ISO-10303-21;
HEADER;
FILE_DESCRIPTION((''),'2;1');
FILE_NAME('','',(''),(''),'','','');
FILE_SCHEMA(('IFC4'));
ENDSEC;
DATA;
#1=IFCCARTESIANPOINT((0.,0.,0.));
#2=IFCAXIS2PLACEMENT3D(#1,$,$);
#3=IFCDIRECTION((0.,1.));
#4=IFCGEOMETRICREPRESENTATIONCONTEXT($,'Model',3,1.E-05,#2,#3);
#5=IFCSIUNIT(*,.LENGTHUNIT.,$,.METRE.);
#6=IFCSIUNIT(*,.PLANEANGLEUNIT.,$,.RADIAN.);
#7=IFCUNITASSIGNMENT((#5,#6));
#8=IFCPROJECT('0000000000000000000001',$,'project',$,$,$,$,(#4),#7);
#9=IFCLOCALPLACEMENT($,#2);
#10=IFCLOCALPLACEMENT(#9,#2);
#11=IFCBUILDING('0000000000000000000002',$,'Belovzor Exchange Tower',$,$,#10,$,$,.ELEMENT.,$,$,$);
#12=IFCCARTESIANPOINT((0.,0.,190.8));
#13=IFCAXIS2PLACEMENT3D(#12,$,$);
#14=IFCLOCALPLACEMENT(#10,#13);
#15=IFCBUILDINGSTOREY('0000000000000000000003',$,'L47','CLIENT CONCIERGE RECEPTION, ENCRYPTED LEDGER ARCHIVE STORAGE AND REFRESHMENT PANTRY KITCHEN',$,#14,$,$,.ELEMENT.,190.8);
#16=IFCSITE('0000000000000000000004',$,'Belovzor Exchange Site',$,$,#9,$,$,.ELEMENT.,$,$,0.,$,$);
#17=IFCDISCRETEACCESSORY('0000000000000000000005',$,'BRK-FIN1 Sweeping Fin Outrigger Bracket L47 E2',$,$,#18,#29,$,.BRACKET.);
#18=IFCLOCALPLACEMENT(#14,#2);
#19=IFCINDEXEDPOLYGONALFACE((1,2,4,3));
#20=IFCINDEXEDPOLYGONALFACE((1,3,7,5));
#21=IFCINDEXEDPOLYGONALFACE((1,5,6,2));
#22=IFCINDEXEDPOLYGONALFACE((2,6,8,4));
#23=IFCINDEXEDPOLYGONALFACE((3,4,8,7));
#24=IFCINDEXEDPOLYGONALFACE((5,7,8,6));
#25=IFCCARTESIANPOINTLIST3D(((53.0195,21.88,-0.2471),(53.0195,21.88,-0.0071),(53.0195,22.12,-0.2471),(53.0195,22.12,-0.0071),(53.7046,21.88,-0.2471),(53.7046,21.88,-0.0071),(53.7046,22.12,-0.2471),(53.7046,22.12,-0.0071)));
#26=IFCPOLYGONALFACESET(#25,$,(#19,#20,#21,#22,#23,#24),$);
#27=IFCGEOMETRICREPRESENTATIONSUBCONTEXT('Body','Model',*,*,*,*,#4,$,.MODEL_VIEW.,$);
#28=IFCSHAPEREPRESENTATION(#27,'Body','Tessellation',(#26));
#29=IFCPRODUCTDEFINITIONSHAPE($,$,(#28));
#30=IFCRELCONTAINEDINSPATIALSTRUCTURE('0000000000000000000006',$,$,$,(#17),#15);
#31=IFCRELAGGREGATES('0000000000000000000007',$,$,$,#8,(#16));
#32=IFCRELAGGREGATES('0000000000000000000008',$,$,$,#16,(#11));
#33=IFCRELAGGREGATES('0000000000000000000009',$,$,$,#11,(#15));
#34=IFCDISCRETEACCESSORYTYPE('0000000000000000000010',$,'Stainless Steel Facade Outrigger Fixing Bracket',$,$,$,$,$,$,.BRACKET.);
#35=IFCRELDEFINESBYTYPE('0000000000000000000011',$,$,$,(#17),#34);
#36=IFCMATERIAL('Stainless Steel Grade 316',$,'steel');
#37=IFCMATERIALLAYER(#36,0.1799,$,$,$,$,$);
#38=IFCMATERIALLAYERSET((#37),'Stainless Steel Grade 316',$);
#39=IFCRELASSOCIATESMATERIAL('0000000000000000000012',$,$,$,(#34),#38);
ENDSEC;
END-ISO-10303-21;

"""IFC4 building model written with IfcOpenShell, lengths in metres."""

from ifc_helpers import new_model, si_unit, direction, frame, origin, origin_2d, place, context, subcontext, project, spatial, rectangle, extrude, material, layer, layer_set, type_object, element, save


model = new_model("IFC4")

# Units and contexts
model_context = context("Model", 3, precision=1e-05, world=origin(), true_north=direction((0.0, 1.0)))
body_context = subcontext(model_context, "Body", "Model", "MODEL_VIEW")
ifc_project = project(units=[si_unit("LENGTHUNIT", "METRE"), si_unit("PLANEANGLEUNIT", "RADIAN")], contexts=[model_context])

# Site, building, storey
site_placement = place(None, origin())
site = spatial("IfcSite", under=ifc_project, at=site_placement, Name="Belovzor Exchange Site", CompositionType="ELEMENT", RefElevation=0.0)
building_placement = place(site_placement, origin())
building = spatial("IfcBuilding", under=site, at=building_placement, Name="Belovzor Exchange Tower", CompositionType="ELEMENT")
storey_placement = place(building_placement, frame((0.0, 0.0, 190.8)))
storey = spatial("IfcBuildingStorey", under=building, at=storey_placement, Name="L47", Description="CLIENT CONCIERGE RECEPTION, ENCRYPTED LEDGER ARCHIVE STORAGE AND REFRESHMENT PANTRY KITCHEN", CompositionType="ELEMENT", Elevation=190.8)

# Discrete accessory
ifc_material_1 = material(Name="Stainless Steel Grade 316", Category="steel")
ifc_layer_1 = layer(ifc_material_1, 0.1799)
ifc_layer_set_1 = layer_set([ifc_layer_1], Name="Stainless Steel Grade 316")
discrete_accessory_type = type_object("IfcDiscreteAccessoryType", Name="Stainless Steel Facade Outrigger Fixing Bracket", PredefinedType="BRACKET", material=ifc_layer_set_1)
discrete_accessory_placement = place(storey_placement, frame((53.3621, 22.0, -0.2471), z_axis=(0.0, 0.0, 1.0), x_axis=(1.0, 0.0, 0.0)))
element("IfcDiscreteAccessory", 1, at=discrete_accessory_placement, inside=storey, type_object=discrete_accessory_type, Name="BRK-FIN1 Sweeping Fin Outrigger Bracket L47 E2", PredefinedType="BRACKET", context=body_context, shape_type="SweptSolid", body=[
    extrude(rectangle(XDim=0.6851, YDim=0.24, at=origin_2d()), origin(), (0.0, 0.0, 1.0), 0.24),
])

save(model, "model.ifc")
